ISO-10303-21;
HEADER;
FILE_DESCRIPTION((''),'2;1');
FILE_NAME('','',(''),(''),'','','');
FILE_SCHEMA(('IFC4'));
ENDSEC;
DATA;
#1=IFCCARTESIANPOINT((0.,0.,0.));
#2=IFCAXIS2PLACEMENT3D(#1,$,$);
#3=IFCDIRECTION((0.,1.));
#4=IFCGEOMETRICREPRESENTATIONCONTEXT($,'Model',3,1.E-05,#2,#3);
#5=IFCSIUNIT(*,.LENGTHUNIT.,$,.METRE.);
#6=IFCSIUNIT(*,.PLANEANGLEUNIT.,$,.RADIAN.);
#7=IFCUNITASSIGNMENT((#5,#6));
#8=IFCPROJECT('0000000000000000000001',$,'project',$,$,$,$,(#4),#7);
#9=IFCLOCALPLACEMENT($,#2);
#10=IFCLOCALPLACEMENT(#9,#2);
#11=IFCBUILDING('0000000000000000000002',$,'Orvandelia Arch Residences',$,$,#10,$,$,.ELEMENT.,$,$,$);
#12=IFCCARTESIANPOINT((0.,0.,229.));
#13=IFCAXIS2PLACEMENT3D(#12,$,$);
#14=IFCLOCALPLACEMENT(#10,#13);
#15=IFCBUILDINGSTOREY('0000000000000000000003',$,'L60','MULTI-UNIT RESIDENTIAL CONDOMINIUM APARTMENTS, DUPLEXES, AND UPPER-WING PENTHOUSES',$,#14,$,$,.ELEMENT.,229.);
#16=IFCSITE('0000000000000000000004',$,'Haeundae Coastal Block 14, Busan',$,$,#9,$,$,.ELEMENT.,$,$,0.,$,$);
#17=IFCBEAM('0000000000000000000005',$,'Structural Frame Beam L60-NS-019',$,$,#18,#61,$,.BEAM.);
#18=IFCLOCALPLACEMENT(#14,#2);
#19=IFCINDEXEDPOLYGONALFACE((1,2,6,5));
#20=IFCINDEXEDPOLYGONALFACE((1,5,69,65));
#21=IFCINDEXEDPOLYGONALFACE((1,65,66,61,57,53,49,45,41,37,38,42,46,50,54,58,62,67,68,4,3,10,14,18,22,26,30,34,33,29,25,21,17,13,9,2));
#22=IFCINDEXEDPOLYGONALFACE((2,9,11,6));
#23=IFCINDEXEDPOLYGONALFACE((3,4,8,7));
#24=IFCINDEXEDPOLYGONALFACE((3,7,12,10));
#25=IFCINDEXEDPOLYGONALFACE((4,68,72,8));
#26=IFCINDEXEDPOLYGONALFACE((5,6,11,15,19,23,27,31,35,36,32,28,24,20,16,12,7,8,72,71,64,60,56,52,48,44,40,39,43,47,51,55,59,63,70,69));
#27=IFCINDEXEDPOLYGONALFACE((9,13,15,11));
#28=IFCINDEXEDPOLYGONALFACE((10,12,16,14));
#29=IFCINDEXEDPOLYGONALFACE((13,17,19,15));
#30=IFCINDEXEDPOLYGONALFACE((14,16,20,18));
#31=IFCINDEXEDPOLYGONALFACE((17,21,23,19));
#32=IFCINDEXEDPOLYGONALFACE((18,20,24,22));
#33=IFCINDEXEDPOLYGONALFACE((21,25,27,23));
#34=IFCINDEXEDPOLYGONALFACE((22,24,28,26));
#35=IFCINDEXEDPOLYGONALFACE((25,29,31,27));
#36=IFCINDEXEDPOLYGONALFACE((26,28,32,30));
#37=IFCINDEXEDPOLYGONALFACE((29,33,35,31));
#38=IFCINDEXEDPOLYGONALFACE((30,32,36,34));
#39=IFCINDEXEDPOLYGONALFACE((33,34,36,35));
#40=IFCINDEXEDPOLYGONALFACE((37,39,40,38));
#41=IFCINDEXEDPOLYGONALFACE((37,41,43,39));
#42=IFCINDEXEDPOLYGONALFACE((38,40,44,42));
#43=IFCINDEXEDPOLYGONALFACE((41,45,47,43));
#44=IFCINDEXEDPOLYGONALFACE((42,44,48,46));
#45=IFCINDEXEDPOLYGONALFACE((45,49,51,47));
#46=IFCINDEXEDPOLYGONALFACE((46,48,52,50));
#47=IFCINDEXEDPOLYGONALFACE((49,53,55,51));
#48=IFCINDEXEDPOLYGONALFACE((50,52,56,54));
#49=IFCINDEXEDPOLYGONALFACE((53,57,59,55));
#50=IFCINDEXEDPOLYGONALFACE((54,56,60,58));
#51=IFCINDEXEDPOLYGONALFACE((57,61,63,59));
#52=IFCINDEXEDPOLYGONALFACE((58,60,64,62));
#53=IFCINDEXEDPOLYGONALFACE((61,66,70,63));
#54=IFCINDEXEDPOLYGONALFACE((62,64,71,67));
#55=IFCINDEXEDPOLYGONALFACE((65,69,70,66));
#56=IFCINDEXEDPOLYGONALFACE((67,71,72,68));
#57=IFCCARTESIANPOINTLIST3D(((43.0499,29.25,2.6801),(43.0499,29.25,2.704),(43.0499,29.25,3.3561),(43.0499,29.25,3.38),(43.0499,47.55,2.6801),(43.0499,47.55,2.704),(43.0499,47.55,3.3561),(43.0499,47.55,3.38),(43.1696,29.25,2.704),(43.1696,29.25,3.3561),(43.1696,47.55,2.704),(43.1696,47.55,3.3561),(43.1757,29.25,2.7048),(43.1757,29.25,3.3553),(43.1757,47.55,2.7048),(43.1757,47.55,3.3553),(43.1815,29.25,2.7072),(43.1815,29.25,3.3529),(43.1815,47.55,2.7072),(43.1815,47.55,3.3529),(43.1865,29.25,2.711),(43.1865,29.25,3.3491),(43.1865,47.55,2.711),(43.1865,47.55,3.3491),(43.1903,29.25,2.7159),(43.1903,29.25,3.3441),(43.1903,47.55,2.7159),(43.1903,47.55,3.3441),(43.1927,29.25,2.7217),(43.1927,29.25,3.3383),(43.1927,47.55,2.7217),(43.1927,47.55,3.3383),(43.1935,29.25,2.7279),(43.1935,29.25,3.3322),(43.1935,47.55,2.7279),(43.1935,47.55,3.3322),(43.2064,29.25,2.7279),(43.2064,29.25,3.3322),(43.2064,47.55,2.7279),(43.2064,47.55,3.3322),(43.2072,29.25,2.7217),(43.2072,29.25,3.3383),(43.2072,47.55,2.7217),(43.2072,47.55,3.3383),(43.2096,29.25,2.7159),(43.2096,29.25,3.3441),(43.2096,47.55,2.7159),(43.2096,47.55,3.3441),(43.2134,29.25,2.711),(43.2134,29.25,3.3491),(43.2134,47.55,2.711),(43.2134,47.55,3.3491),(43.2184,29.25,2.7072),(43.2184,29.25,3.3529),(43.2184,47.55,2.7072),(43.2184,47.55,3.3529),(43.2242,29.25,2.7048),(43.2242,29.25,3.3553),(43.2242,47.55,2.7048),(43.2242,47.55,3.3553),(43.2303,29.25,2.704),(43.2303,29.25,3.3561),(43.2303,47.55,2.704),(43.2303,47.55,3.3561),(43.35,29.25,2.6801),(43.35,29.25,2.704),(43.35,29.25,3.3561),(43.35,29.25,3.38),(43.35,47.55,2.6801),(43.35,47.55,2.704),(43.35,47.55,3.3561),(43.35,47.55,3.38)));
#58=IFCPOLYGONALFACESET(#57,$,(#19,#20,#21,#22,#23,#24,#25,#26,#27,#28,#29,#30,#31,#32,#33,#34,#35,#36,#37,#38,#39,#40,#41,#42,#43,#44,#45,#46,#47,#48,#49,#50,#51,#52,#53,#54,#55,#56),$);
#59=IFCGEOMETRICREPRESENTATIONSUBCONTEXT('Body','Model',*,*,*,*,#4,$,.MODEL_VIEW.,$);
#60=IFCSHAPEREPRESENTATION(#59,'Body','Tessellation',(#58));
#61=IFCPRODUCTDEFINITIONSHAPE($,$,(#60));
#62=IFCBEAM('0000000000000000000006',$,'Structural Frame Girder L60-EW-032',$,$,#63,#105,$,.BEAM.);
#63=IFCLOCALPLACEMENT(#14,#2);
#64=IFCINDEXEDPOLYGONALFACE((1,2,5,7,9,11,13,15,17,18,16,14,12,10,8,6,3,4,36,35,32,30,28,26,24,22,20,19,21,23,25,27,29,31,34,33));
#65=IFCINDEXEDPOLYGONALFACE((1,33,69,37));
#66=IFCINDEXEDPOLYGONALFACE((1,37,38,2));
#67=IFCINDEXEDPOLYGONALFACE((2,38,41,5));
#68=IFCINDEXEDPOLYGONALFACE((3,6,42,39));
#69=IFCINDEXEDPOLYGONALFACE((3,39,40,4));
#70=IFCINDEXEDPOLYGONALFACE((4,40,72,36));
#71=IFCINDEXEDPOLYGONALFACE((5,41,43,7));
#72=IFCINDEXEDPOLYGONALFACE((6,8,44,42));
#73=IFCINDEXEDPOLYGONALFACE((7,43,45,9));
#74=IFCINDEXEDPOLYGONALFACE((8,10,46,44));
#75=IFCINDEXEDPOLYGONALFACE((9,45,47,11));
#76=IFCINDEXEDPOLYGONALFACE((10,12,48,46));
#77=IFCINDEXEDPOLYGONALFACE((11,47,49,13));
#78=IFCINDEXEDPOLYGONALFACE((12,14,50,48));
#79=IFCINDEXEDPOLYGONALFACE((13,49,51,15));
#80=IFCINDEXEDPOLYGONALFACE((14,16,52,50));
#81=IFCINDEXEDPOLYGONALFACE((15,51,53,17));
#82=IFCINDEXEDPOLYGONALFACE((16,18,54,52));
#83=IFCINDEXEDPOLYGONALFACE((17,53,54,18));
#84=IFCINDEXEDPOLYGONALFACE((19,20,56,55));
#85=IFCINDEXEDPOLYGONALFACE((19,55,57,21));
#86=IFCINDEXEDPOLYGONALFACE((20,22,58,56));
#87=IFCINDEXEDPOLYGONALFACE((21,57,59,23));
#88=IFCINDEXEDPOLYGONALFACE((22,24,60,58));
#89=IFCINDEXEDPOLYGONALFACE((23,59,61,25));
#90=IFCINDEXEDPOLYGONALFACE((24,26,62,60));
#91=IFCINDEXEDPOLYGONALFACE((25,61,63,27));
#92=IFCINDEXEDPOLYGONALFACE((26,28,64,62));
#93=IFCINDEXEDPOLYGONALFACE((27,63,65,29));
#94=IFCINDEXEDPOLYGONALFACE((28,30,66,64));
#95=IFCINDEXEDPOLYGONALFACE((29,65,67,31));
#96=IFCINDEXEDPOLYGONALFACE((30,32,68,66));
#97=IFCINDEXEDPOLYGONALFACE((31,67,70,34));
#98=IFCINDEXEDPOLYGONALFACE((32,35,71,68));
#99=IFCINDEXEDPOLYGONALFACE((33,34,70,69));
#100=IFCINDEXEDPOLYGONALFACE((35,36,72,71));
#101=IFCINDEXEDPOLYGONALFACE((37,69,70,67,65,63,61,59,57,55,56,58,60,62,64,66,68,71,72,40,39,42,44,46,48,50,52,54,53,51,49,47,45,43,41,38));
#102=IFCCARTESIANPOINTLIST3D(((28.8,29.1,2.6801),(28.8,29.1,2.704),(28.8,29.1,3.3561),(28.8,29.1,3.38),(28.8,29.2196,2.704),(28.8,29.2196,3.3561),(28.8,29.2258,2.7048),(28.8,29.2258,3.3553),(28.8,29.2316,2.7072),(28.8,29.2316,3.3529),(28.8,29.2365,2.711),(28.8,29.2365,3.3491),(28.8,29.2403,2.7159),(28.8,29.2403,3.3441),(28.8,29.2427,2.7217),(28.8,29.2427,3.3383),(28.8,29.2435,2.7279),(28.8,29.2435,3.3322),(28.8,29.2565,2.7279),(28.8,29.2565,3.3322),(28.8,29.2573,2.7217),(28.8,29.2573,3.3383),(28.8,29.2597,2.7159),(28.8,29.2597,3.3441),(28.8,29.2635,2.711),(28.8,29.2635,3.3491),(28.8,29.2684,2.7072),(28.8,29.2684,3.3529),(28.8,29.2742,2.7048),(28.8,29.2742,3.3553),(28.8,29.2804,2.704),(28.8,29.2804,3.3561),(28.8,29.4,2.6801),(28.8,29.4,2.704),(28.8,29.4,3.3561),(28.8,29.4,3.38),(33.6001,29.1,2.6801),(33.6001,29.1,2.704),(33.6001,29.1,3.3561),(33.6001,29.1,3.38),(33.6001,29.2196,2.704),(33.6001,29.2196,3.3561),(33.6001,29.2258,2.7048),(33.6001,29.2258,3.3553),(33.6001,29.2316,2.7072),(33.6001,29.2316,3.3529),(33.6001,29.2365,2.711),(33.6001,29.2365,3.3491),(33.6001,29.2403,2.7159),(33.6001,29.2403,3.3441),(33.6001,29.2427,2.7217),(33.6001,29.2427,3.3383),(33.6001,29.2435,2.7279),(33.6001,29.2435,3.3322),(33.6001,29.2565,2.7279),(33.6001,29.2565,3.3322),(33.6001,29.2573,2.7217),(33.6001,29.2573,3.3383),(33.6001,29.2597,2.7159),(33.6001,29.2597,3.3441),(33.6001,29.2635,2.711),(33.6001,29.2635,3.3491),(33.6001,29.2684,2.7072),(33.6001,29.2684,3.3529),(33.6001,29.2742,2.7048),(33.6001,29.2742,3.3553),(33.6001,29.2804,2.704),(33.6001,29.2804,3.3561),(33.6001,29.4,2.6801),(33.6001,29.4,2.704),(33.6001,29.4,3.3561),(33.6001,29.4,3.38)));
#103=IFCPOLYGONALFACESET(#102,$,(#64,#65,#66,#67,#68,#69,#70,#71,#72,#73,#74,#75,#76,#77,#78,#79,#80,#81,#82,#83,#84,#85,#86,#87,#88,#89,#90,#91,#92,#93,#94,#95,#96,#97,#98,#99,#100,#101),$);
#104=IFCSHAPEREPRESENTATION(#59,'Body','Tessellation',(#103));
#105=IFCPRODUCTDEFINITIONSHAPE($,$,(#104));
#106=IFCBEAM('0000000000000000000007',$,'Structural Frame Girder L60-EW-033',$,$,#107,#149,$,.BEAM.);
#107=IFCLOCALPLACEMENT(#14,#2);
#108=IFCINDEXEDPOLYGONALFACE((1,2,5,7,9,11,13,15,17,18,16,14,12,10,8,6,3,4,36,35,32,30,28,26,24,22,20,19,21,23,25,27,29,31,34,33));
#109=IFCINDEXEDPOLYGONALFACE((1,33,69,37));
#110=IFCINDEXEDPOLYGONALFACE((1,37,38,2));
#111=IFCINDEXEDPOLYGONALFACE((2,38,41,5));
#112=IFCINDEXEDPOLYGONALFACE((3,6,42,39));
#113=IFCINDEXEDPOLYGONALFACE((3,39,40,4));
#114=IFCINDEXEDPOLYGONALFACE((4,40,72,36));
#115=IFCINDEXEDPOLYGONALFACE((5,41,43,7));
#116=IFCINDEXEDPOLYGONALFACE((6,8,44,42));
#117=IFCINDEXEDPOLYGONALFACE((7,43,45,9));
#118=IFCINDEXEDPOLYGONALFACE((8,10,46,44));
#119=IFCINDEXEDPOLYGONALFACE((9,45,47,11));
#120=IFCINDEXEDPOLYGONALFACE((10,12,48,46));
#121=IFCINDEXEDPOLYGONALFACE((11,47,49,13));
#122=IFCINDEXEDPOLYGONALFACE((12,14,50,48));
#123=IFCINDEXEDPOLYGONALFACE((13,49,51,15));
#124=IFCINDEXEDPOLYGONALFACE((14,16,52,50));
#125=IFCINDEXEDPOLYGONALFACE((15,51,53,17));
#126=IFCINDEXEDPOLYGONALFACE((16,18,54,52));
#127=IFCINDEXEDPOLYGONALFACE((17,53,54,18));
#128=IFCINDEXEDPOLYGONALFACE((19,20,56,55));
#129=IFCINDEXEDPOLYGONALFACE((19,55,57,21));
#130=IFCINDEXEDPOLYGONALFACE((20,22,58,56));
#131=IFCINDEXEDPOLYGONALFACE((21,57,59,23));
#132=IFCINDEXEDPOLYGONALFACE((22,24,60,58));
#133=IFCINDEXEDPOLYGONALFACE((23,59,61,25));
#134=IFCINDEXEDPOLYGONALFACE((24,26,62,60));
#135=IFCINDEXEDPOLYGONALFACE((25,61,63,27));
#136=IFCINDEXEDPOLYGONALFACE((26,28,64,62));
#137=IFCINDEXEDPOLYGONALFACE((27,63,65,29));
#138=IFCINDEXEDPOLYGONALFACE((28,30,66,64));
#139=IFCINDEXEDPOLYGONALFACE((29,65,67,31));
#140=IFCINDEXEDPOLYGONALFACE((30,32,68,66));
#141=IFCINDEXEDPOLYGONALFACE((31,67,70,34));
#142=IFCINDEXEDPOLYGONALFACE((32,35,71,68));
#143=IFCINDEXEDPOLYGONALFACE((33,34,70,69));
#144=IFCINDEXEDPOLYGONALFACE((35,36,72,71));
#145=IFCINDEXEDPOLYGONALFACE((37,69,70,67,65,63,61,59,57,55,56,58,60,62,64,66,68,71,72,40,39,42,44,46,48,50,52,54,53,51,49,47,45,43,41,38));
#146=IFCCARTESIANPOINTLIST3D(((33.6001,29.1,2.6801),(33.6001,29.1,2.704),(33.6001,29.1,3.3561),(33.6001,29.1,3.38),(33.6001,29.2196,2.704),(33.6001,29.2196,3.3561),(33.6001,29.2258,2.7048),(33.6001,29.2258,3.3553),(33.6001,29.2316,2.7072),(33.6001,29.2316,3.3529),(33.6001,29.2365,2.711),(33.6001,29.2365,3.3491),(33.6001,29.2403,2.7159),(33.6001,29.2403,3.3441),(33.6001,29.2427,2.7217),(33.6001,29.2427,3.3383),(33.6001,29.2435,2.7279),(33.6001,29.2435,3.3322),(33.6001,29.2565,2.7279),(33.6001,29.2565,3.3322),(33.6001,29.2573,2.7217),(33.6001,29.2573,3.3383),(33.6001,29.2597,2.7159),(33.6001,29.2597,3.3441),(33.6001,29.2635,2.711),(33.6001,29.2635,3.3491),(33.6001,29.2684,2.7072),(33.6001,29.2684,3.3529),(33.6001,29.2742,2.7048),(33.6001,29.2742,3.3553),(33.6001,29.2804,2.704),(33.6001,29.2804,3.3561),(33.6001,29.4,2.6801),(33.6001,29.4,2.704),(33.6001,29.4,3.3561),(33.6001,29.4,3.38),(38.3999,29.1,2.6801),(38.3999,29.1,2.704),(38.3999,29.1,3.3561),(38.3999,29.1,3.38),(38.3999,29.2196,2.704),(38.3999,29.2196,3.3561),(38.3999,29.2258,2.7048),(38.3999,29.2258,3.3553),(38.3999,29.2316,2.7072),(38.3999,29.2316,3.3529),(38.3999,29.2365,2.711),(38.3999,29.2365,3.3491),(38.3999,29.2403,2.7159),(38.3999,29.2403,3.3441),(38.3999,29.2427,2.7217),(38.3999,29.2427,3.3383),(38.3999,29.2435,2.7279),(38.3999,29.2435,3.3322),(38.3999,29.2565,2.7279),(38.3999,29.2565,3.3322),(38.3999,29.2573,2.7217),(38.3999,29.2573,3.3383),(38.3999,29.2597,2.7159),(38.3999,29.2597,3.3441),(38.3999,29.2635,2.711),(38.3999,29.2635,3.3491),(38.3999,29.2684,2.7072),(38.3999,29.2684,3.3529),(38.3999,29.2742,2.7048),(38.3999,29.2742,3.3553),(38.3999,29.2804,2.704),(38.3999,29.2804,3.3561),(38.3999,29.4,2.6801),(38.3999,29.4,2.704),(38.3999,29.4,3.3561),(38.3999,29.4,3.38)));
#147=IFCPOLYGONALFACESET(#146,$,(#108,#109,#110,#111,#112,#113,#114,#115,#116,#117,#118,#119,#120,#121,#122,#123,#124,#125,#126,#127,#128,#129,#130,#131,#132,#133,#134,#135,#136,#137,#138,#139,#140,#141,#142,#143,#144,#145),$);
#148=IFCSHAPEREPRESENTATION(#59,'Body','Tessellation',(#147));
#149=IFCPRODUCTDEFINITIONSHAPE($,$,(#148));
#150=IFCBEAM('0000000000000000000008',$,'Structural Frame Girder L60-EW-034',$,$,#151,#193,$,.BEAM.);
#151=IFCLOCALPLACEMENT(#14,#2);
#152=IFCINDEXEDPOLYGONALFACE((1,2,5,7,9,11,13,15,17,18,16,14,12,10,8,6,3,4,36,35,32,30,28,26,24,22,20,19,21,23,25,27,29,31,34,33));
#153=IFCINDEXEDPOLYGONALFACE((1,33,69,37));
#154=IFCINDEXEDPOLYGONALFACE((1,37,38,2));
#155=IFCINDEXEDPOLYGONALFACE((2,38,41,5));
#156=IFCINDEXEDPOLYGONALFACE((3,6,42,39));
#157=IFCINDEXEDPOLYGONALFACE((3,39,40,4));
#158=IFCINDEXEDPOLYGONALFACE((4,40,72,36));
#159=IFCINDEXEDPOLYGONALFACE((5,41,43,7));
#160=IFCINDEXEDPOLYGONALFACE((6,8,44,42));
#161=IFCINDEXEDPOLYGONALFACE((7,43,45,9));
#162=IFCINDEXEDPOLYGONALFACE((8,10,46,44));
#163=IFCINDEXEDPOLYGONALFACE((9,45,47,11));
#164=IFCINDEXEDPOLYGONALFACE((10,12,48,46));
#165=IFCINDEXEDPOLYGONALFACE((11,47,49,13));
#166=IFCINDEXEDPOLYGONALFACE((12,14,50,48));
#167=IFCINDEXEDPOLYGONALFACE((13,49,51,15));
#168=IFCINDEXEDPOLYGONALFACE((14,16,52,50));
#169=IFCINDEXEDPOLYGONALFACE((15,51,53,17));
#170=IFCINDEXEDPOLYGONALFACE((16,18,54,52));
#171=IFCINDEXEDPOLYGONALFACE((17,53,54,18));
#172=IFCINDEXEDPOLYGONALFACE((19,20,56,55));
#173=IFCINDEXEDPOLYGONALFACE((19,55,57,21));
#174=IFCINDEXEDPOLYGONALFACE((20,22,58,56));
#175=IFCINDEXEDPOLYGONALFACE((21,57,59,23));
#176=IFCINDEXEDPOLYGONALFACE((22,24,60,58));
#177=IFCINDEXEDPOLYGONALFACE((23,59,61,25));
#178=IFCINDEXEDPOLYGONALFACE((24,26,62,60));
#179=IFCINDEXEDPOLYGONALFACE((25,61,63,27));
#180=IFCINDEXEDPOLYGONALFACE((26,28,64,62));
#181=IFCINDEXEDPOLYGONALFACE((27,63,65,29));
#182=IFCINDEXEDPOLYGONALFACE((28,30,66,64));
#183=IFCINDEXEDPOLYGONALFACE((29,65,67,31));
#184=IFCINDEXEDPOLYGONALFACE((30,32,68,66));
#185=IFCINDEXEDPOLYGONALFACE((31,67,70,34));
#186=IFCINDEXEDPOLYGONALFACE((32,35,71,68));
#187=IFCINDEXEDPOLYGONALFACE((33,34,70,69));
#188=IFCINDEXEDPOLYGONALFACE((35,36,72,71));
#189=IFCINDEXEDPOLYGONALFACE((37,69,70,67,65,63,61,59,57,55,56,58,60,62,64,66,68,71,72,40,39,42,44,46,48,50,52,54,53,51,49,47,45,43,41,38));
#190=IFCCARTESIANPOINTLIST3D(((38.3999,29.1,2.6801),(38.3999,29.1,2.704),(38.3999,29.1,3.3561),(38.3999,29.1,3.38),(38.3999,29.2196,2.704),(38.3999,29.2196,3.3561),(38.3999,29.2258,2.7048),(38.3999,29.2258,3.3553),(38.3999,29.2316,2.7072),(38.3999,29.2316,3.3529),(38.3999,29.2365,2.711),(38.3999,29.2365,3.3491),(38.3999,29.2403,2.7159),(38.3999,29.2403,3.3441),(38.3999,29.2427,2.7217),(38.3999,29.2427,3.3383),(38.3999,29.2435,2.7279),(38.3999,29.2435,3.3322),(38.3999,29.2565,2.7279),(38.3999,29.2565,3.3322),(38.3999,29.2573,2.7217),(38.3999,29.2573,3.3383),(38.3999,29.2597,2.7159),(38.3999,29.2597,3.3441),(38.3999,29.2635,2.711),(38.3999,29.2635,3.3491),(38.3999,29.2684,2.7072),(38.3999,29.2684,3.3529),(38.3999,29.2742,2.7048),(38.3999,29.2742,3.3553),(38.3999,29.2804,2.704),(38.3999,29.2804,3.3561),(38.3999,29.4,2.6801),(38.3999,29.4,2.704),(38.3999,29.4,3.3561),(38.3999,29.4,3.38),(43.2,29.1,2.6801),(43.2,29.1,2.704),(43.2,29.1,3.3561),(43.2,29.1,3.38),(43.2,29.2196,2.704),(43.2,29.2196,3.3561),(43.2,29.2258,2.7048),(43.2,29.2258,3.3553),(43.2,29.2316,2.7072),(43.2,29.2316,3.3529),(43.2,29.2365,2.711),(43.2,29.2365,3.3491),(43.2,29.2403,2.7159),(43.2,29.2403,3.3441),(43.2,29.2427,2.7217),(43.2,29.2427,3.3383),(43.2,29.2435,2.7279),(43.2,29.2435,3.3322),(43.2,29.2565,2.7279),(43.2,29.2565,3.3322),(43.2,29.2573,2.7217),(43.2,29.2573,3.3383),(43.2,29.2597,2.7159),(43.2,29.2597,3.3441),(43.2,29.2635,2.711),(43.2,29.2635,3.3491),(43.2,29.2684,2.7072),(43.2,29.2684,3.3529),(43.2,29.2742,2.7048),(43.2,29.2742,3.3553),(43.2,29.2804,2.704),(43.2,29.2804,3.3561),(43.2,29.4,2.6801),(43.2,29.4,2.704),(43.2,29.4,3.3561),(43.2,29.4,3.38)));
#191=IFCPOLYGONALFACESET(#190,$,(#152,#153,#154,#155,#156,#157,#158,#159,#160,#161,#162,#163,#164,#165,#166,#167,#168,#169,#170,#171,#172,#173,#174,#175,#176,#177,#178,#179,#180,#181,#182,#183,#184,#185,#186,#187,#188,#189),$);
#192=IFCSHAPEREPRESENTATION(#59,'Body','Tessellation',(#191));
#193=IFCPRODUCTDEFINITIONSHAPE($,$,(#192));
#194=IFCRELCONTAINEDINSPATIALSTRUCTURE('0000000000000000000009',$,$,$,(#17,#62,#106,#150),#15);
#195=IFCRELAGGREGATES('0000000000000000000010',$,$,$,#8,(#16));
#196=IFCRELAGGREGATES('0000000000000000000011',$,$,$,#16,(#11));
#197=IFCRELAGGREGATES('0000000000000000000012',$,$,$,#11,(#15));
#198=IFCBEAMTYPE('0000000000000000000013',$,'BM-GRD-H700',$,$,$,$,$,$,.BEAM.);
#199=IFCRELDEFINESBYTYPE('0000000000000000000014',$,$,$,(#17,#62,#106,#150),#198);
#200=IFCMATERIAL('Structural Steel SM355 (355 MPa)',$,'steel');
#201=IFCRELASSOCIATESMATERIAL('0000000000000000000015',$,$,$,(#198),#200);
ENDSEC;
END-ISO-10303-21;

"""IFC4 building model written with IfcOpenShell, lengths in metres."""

from ifc_helpers import new_model, si_unit, direction, frame, origin, origin_2d, place, context, subcontext, project, spatial, i_section, extrude, material, material_profile, profile_set, type_object, element, save


model = new_model("IFC4")

# Units and contexts
model_context = context("Model", 3, precision=1e-05, world=origin(), true_north=direction((0.0, 1.0)))
body_context = subcontext(model_context, "Body", "Model", "MODEL_VIEW")
ifc_project = project(units=[si_unit("LENGTHUNIT", "METRE"), si_unit("PLANEANGLEUNIT", "RADIAN")], contexts=[model_context])

# Site, building, storey
site_placement = place(None, origin())
site = spatial("IfcSite", under=ifc_project, at=site_placement, Name="Haeundae Coastal Block 14, Busan", CompositionType="ELEMENT", RefElevation=0.0)
building_placement = place(site_placement, origin())
building = spatial("IfcBuilding", under=site, at=building_placement, Name="Orvandelia Arch Residences", CompositionType="ELEMENT")
storey_placement = place(building_placement, frame((0.0, 0.0, 229.0)))
storey = spatial("IfcBuildingStorey", under=building, at=storey_placement, Name="L60", Description="MULTI-UNIT RESIDENTIAL CONDOMINIUM APARTMENTS, DUPLEXES, AND UPPER-WING PENTHOUSES", CompositionType="ELEMENT", Elevation=229.0)

# Beams
ifc_material_1 = material(Name="Structural Steel SM355 (355 MPa)", Category="steel")
ifc_material_profile_1 = material_profile(ifc_material_1, i_section(OverallWidth=0.3, OverallDepth=0.7, WebThickness=0.0129, FlangeThickness=0.0239, FilletRadius=0.0239, at=origin_2d()), Name="Structural Steel SM355 (355 MPa)", Category="steel")
ifc_profile_set_1 = profile_set([ifc_material_profile_1], Name="Structural Steel SM355 (355 MPa)")
beam_type = type_object("IfcBeamType", Name="BM-GRD-H700", PredefinedType="BEAM", material=ifc_profile_set_1)
for number, where, z_axis, x_axis, name in (
    (1, (43.2, 29.25, 3.03), (0.0, 1.0, 0.0), (-1.0, 0.0, 0.0), "Structural Frame Beam L60-NS-019"),
):
    element("IfcBeam", number, at=place(storey_placement, frame(where, z_axis=z_axis, x_axis=x_axis)), inside=storey, type_object=beam_type, Name=name, PredefinedType="BEAM", context=body_context, shape_type="SweptSolid", body=[
        extrude(i_section(OverallWidth=0.3, OverallDepth=0.7, WebThickness=0.0129, FlangeThickness=0.0239, FilletRadius=0.0239, at=origin_2d()), origin(), (0.0, 0.0, 1.0), 18.3),
    ])
beam_1_placement = place(storey_placement, frame((28.8, 29.25, 3.03), z_axis=(1.0, 0.0, 0.0), x_axis=(0.0, 1.0, 0.0)))
element("IfcBeam", 2, at=beam_1_placement, inside=storey, type_object=beam_type, Name="Structural Frame Girder L60-EW-032", PredefinedType="BEAM", context=body_context, shape_type="SweptSolid", body=[
    extrude(i_section(OverallWidth=0.3, OverallDepth=0.7, WebThickness=0.0129, FlangeThickness=0.0239, FilletRadius=0.0239, at=origin_2d()), origin(), (0.0, 0.0, 1.0), 4.8),
])
beam_2_placement = place(storey_placement, frame((33.6001, 29.25, 3.03), z_axis=(1.0, 0.0, 0.0), x_axis=(0.0, 1.0, 0.0)))
element("IfcBeam", 3, at=beam_2_placement, inside=storey, type_object=beam_type, Name="Structural Frame Girder L60-EW-033", PredefinedType="BEAM", context=body_context, shape_type="SweptSolid", body=[
    extrude(i_section(OverallWidth=0.3, OverallDepth=0.7, WebThickness=0.0129, FlangeThickness=0.0239, FilletRadius=0.0239, at=origin_2d()), origin(), (0.0, 0.0, 1.0), 4.7998),
])
for number, where, z_axis, x_axis, name in (
    (4, (38.3999, 29.25, 3.03), (1.0, 0.0, 0.0), (0.0, 1.0, 0.0), "Structural Frame Girder L60-EW-034"),
):
    element("IfcBeam", number, at=place(storey_placement, frame(where, z_axis=z_axis, x_axis=x_axis)), inside=storey, type_object=beam_type, Name=name, PredefinedType="BEAM", context=body_context, shape_type="SweptSolid", body=[
        extrude(i_section(OverallWidth=0.3, OverallDepth=0.7, WebThickness=0.0129, FlangeThickness=0.0239, FilletRadius=0.0239, at=origin_2d()), origin(), (0.0, 0.0, 1.0), 4.8),
    ])

save(model, "model.ifc")
